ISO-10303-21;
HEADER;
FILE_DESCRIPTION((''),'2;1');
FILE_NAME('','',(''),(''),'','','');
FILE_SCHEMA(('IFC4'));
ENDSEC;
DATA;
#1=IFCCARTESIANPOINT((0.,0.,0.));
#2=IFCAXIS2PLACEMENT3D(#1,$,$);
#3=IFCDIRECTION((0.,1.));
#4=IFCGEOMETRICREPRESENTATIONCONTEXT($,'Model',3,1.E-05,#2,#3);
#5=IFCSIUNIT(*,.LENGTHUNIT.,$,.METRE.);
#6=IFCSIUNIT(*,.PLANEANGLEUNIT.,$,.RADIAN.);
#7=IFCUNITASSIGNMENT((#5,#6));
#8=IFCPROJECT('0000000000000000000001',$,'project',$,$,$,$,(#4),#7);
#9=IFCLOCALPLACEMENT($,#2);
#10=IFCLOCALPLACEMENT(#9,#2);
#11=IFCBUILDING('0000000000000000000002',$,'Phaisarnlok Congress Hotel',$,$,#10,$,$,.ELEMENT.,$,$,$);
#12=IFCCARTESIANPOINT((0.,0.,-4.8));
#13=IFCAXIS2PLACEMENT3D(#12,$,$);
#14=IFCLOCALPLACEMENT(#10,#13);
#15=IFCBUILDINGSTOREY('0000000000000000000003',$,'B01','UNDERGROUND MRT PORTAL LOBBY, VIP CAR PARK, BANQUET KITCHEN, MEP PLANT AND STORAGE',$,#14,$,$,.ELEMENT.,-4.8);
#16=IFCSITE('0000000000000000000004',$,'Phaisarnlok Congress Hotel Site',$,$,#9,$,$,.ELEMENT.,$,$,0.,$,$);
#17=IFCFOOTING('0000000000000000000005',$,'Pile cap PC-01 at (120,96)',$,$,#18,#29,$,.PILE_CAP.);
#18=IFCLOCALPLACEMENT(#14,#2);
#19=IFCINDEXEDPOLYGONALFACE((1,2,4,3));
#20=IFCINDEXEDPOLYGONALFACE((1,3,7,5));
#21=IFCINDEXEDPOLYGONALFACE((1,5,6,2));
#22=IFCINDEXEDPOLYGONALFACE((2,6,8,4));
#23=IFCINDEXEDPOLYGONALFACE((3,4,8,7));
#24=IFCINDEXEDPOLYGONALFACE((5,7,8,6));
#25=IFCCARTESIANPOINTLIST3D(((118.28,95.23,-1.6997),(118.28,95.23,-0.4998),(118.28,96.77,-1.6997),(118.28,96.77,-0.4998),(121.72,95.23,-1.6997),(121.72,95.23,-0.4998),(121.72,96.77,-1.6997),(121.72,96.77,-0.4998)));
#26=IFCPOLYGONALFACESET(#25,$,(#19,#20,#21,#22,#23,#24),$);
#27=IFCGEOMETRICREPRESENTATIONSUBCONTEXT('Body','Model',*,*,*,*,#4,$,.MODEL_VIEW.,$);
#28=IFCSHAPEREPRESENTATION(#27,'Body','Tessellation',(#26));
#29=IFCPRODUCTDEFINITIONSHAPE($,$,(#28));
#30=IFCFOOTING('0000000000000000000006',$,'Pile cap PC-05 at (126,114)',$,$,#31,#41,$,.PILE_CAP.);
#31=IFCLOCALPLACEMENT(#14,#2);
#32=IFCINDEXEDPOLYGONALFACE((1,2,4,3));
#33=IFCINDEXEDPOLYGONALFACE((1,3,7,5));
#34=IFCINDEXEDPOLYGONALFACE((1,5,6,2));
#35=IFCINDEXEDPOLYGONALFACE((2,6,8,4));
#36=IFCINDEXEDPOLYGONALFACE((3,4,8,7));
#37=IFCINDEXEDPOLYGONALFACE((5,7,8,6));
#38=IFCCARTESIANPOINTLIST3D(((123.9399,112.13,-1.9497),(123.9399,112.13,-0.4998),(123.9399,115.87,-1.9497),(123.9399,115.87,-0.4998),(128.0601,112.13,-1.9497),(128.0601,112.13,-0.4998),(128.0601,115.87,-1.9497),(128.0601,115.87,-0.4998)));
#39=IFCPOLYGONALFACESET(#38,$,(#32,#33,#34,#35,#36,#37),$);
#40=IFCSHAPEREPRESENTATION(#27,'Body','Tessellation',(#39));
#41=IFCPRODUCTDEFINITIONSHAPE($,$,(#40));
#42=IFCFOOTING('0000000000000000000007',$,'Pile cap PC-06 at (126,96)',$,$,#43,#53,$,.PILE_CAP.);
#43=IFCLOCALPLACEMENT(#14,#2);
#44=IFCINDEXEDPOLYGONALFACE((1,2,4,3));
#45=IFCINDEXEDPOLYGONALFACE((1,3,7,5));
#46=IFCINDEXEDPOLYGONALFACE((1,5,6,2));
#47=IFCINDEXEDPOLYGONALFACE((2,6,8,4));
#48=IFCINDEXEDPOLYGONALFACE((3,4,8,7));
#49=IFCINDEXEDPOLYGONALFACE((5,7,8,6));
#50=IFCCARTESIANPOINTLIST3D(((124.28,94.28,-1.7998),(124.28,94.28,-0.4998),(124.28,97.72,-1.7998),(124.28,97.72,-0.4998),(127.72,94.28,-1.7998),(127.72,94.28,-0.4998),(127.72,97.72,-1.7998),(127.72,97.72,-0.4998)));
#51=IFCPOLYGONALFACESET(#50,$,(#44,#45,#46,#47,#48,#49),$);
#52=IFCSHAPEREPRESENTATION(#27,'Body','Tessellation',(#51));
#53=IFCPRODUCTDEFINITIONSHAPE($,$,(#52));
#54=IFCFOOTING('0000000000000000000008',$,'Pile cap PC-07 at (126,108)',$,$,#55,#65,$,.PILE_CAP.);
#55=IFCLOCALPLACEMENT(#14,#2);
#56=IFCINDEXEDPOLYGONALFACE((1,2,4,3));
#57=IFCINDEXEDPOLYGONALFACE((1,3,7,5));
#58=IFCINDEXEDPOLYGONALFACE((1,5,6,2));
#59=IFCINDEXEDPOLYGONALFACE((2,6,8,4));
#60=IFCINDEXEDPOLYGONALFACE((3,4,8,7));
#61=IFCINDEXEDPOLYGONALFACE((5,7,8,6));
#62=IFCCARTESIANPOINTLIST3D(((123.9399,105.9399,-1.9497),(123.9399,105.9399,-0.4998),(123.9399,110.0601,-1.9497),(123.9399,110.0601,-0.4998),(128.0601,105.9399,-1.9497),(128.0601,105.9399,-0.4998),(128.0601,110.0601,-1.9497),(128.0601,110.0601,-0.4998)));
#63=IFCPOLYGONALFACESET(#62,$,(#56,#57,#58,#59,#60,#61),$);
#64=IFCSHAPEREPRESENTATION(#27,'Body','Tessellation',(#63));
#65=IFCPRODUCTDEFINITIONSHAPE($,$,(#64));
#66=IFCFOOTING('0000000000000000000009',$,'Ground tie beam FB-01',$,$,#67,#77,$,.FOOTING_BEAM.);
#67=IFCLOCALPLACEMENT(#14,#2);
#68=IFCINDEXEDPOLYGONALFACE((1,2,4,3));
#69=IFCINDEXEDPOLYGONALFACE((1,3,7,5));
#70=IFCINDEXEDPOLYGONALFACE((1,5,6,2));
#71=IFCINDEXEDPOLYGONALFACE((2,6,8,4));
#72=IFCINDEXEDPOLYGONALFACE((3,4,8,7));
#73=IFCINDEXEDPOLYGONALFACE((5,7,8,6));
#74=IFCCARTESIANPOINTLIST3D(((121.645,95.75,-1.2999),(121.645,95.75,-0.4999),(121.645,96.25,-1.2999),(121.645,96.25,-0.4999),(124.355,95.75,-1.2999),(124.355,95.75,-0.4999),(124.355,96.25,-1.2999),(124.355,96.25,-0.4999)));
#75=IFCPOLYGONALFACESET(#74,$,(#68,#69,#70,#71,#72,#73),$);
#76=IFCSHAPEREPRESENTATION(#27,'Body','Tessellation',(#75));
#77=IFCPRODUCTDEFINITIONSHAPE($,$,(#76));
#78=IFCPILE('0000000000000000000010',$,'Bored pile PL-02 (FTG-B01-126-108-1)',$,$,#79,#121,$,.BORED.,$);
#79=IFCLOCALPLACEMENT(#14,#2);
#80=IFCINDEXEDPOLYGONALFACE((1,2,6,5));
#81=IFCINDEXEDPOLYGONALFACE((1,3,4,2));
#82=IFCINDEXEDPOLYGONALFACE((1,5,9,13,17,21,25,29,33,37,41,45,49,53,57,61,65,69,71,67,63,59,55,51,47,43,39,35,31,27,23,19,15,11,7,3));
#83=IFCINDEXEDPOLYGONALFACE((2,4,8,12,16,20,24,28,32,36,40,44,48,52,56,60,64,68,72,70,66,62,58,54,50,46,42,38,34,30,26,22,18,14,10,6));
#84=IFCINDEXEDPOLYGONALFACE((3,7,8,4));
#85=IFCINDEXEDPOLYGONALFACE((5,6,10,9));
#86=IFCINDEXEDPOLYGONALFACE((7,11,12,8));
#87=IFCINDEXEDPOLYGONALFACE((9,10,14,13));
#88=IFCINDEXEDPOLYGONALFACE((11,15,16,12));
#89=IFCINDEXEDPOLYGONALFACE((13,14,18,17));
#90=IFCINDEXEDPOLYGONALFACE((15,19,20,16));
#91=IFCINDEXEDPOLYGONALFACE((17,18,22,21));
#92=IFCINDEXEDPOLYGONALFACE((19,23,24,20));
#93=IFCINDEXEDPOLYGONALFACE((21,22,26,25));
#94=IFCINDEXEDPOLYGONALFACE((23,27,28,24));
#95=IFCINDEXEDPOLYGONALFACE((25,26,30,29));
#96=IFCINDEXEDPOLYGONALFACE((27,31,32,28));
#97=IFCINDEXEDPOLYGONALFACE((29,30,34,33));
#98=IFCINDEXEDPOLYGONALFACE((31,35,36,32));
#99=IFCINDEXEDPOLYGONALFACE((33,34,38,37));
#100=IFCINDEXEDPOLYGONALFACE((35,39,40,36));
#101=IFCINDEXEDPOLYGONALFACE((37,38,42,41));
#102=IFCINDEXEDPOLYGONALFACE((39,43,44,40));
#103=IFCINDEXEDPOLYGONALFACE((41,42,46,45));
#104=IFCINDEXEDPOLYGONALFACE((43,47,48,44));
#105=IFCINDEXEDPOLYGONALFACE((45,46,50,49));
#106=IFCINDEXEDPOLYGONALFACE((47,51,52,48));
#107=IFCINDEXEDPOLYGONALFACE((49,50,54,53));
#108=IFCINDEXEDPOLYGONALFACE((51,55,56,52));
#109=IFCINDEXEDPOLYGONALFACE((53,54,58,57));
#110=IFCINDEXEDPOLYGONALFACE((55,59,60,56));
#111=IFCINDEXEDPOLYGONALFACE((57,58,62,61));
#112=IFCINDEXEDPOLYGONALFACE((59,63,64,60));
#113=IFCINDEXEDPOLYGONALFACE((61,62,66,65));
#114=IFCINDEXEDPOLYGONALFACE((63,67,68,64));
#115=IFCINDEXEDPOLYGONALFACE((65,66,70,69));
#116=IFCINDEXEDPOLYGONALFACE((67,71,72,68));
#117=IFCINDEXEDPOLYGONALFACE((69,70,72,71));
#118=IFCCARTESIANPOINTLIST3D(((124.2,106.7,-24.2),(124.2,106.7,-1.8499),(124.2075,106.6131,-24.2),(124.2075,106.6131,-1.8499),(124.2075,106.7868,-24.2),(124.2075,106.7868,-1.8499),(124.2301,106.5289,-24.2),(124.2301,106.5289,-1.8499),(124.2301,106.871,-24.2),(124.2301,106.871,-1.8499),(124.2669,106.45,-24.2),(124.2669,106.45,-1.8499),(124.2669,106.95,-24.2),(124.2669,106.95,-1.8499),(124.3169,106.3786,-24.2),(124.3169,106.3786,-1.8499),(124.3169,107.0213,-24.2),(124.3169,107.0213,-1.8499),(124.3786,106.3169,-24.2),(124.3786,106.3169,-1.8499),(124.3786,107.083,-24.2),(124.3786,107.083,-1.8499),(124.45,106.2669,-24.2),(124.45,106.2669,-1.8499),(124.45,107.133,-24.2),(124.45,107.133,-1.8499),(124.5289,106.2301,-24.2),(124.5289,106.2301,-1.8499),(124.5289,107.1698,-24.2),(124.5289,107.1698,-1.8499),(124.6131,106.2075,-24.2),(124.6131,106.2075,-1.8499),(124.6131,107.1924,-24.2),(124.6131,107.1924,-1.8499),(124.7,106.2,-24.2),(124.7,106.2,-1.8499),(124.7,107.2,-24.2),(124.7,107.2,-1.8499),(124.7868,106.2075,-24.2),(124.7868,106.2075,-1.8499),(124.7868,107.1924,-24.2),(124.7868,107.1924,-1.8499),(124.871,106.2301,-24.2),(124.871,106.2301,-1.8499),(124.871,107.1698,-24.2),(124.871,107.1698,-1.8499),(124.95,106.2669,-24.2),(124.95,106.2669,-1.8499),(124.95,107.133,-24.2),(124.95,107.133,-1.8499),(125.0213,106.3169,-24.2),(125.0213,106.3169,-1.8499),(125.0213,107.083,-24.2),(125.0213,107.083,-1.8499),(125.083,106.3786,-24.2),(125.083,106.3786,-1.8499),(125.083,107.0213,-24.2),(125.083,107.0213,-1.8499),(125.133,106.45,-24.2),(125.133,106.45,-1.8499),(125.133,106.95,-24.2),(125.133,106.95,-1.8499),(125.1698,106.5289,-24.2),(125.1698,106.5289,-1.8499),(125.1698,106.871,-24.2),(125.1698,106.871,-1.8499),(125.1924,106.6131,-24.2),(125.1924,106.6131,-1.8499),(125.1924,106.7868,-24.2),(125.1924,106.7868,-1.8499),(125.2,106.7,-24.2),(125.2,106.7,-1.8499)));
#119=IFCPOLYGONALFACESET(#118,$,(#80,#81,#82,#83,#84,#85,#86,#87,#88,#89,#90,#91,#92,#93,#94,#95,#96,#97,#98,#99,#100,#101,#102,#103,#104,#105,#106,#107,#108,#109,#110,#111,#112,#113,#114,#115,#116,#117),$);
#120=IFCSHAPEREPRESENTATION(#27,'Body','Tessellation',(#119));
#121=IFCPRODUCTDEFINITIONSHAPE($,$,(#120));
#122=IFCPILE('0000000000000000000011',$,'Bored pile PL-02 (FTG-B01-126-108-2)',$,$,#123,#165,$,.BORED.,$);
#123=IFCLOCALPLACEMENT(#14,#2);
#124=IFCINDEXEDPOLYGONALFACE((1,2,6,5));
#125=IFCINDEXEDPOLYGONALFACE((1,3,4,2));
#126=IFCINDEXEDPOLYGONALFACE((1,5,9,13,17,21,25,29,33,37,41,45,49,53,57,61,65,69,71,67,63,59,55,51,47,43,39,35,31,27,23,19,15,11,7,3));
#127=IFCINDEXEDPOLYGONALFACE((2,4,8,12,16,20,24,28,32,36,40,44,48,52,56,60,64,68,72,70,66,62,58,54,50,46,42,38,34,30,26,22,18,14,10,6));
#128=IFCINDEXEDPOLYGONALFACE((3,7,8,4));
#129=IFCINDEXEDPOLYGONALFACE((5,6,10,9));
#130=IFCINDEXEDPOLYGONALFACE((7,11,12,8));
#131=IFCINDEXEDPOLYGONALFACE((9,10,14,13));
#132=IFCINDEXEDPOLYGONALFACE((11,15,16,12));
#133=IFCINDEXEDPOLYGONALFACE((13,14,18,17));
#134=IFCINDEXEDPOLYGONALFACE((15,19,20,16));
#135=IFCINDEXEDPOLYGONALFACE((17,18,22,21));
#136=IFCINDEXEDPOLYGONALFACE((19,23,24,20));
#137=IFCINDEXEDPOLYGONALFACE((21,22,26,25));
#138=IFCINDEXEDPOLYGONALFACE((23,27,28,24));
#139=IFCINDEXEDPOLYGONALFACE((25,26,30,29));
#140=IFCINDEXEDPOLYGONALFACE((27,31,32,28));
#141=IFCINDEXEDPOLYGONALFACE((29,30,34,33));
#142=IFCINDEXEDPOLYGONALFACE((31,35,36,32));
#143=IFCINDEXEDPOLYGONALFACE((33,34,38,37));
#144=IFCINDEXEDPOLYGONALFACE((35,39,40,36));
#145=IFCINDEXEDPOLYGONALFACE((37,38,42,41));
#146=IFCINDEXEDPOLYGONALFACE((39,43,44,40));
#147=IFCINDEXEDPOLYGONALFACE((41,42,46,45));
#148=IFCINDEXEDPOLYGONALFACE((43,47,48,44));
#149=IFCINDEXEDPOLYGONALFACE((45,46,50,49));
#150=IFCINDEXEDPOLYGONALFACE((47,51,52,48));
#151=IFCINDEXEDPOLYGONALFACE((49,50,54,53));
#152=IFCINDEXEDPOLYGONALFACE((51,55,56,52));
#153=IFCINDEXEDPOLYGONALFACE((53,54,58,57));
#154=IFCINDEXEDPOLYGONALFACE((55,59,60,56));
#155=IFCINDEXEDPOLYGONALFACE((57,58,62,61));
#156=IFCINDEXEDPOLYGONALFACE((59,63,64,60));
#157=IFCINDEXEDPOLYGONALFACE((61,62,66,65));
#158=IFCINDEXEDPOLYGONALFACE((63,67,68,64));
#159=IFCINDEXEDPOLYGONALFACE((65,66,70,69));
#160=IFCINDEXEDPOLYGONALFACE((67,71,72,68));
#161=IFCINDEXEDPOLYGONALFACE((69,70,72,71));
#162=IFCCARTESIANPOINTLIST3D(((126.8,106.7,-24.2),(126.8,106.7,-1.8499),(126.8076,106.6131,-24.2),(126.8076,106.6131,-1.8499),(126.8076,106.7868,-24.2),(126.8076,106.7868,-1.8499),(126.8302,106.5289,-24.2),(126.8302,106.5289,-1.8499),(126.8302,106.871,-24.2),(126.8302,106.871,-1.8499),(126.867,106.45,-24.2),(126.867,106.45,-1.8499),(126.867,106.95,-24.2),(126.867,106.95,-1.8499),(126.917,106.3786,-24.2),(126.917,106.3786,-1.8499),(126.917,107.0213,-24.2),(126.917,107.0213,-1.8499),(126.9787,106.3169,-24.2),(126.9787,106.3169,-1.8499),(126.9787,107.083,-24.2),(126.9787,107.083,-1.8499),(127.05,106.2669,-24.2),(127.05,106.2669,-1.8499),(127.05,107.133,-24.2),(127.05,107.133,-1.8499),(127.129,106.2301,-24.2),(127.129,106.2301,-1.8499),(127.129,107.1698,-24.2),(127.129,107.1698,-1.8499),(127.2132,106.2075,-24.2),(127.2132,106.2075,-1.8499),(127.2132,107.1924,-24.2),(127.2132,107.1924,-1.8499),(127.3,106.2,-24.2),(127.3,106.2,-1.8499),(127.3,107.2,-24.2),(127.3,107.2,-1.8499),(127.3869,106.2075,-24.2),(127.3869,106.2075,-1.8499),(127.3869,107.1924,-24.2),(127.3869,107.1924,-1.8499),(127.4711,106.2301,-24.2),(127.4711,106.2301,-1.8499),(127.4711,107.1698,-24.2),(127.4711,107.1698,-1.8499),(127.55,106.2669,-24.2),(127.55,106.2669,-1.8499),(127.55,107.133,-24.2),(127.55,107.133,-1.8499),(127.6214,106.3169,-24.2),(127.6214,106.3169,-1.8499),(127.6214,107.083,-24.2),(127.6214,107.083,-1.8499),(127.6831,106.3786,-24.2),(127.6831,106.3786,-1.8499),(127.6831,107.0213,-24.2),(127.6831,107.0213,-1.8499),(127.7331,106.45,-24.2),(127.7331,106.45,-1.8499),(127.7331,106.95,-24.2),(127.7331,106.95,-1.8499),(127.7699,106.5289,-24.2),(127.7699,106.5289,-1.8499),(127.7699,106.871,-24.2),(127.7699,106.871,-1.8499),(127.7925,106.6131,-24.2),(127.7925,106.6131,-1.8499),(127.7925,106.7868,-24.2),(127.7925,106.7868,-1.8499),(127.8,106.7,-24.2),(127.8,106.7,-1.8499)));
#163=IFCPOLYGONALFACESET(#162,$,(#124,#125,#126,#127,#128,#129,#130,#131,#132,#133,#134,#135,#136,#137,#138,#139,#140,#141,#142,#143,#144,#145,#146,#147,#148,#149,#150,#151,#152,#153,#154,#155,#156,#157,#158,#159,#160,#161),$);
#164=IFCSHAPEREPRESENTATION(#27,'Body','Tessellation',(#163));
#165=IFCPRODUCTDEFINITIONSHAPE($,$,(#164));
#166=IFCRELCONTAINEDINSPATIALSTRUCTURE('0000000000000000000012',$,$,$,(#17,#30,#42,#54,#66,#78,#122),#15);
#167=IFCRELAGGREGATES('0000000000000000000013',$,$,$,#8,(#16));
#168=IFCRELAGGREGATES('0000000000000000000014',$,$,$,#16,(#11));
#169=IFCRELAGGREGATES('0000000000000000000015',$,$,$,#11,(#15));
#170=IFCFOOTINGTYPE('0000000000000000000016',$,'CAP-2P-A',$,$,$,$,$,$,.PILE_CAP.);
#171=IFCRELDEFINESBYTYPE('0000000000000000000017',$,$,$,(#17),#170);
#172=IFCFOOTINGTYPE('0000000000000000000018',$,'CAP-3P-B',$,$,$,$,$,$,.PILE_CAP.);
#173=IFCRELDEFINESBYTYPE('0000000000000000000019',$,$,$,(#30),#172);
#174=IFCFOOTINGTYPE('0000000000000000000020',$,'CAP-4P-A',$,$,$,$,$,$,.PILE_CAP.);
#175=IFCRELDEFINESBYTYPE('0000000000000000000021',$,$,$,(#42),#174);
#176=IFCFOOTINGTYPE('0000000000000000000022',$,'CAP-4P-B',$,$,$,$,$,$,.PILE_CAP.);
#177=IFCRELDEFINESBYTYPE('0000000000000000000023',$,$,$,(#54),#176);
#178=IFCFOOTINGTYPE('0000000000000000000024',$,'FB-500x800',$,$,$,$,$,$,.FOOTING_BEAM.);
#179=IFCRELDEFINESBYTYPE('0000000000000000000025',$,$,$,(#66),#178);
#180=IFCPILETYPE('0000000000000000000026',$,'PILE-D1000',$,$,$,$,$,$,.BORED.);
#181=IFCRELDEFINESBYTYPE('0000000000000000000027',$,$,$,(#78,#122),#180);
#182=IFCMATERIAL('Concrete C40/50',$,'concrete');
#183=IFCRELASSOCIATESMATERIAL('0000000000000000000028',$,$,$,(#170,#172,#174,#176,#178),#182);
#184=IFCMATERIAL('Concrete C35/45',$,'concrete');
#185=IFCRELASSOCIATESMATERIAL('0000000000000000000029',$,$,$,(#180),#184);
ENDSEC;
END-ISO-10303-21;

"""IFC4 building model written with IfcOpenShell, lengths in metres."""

from ifc_helpers import new_model, si_unit, direction, frame, origin, origin_2d, place, context, subcontext, project, spatial, rectangle, circle, extrude, material, material_profile, profile_set, type_object, element, save


model = new_model("IFC4")

# Units and contexts
model_context = context("Model", 3, precision=1e-05, world=origin(), true_north=direction((0.0, 1.0)))
body_context = subcontext(model_context, "Body", "Model", "MODEL_VIEW")
ifc_project = project(units=[si_unit("LENGTHUNIT", "METRE"), si_unit("PLANEANGLEUNIT", "RADIAN")], contexts=[model_context])

# Site, building, storey
site_placement = place(None, origin())
site = spatial("IfcSite", under=ifc_project, at=site_placement, Name="Phaisarnlok Congress Hotel Site", CompositionType="ELEMENT", RefElevation=0.0)
building_placement = place(site_placement, origin())
building = spatial("IfcBuilding", under=site, at=building_placement, Name="Phaisarnlok Congress Hotel", CompositionType="ELEMENT")
storey_placement = place(building_placement, frame((0.0, 0.0, -4.8)))
storey = spatial("IfcBuildingStorey", under=building, at=storey_placement, Name="B01", Description="UNDERGROUND MRT PORTAL LOBBY, VIP CAR PARK, BANQUET KITCHEN, MEP PLANT AND STORAGE", CompositionType="ELEMENT", Elevation=-4.8)

# Footings
ifc_material_1 = material(Name="Concrete C40/50", Category="concrete")
footing_type_1 = type_object("IfcFootingType", Name="CAP-2P-A", PredefinedType="PILE_CAP", material=ifc_material_1)
footing_1_placement = place(storey_placement, frame((120.0, 96.0, -1.6997), z_axis=(0.0, 0.0, 1.0), x_axis=(1.0, 0.0, 0.0)))
element("IfcFooting", 1, at=footing_1_placement, inside=storey, type_object=footing_type_1, Name="Pile cap PC-01 at (120,96)", PredefinedType="PILE_CAP", context=body_context, shape_type="SweptSolid", body=[
    extrude(rectangle(XDim=3.4399, YDim=1.54, at=origin_2d()), origin(), (0.0, 0.0, 1.0), 1.2),
])
footing_type_2 = type_object("IfcFootingType", Name="CAP-3P-B", PredefinedType="PILE_CAP", material=ifc_material_1)
footing_2_placement = place(storey_placement, frame((126.0, 114.0, -1.9497), z_axis=(0.0, 0.0, 1.0), x_axis=(1.0, 0.0, 0.0)))
element("IfcFooting", 2, at=footing_2_placement, inside=storey, type_object=footing_type_2, Name="Pile cap PC-05 at (126,114)", PredefinedType="PILE_CAP", context=body_context, shape_type="SweptSolid", body=[
    extrude(rectangle(XDim=4.1201, YDim=3.74, at=origin_2d()), origin(), (0.0, 0.0, 1.0), 1.45),
])
footing_type_3 = type_object("IfcFootingType", Name="CAP-4P-A", PredefinedType="PILE_CAP", material=ifc_material_1)
footing_3_placement = place(storey_placement, frame((126.0, 96.0, -1.7998), z_axis=(0.0, 0.0, 1.0), x_axis=(1.0, 0.0, 0.0)))
element("IfcFooting", 3, at=footing_3_placement, inside=storey, type_object=footing_type_3, Name="Pile cap PC-06 at (126,96)", PredefinedType="PILE_CAP", context=body_context, shape_type="SweptSolid", body=[
    extrude(rectangle(XDim=3.4399, YDim=3.4399, at=origin_2d()), origin(), (0.0, 0.0, 1.0), 1.3),
])
footing_type_4 = type_object("IfcFootingType", Name="CAP-4P-B", PredefinedType="PILE_CAP", material=ifc_material_1)
footing_4_placement = place(storey_placement, frame((126.0, 108.0, -1.9497), z_axis=(0.0, 0.0, 1.0), x_axis=(1.0, 0.0, 0.0)))
element("IfcFooting", 4, at=footing_4_placement, inside=storey, type_object=footing_type_4, Name="Pile cap PC-07 at (126,108)", PredefinedType="PILE_CAP", context=body_context, shape_type="SweptSolid", body=[
    extrude(rectangle(XDim=4.1201, YDim=4.1201, at=origin_2d()), origin(), (0.0, 0.0, 1.0), 1.45),
])
ifc_material_profile_1 = material_profile(ifc_material_1, rectangle(XDim=0.5, YDim=0.8, at=origin_2d()), Name="FB-500x800")
ifc_profile_set_1 = profile_set([ifc_material_profile_1], Name="Concrete C40/50")
footing_type_5 = type_object("IfcFootingType", Name="FB-500x800", PredefinedType="FOOTING_BEAM", material=ifc_profile_set_1)
footing_5_placement = place(storey_placement, frame((121.645, 96.0, -0.8999), z_axis=(1.0, 0.0, 0.0), x_axis=(0.0, 1.0, 0.0)))
element("IfcFooting", 5, at=footing_5_placement, inside=storey, type_object=footing_type_5, Name="Ground tie beam FB-01", PredefinedType="FOOTING_BEAM", context=body_context, shape_type="SweptSolid", body=[
    extrude(rectangle(XDim=0.5, YDim=0.8, at=origin_2d()), origin(), (0.0, 0.0, 1.0), 2.71),
])

# Piles
ifc_material_2 = material(Name="Concrete C35/45", Category="concrete")
ifc_material_profile_2 = material_profile(ifc_material_2, circle(Radius=0.5, at=origin_2d()), Name="BORED PILE D1000")
ifc_profile_set_2 = profile_set([ifc_material_profile_2], Name="Concrete C35/45")
pile_type_1 = type_object("IfcPileType", Name="PILE-D1000", PredefinedType="BORED", material=ifc_profile_set_2)
for number, where, z_axis, x_axis, name in (
    (6, (124.7, 106.7, -1.8499), (0.0, 0.0, -1.0), (1.0, 0.0, 0.0), "Bored pile PL-02 (FTG-B01-126-108-1)"),
    (7, (127.3, 106.7, -1.8499), (0.0, 0.0, -1.0), (1.0, 0.0, 0.0), "Bored pile PL-02 (FTG-B01-126-108-2)"),
):
    element("IfcPile", number, at=place(storey_placement, frame(where, z_axis=z_axis, x_axis=x_axis)), inside=storey, type_object=pile_type_1, Name=name, PredefinedType="BORED", context=body_context, shape_type="SweptSolid", body=[
        extrude(circle(Radius=0.5, at=origin_2d()), origin(), (0.0, 0.0, 1.0), 22.3501),
    ])

save(model, "model.ifc")
